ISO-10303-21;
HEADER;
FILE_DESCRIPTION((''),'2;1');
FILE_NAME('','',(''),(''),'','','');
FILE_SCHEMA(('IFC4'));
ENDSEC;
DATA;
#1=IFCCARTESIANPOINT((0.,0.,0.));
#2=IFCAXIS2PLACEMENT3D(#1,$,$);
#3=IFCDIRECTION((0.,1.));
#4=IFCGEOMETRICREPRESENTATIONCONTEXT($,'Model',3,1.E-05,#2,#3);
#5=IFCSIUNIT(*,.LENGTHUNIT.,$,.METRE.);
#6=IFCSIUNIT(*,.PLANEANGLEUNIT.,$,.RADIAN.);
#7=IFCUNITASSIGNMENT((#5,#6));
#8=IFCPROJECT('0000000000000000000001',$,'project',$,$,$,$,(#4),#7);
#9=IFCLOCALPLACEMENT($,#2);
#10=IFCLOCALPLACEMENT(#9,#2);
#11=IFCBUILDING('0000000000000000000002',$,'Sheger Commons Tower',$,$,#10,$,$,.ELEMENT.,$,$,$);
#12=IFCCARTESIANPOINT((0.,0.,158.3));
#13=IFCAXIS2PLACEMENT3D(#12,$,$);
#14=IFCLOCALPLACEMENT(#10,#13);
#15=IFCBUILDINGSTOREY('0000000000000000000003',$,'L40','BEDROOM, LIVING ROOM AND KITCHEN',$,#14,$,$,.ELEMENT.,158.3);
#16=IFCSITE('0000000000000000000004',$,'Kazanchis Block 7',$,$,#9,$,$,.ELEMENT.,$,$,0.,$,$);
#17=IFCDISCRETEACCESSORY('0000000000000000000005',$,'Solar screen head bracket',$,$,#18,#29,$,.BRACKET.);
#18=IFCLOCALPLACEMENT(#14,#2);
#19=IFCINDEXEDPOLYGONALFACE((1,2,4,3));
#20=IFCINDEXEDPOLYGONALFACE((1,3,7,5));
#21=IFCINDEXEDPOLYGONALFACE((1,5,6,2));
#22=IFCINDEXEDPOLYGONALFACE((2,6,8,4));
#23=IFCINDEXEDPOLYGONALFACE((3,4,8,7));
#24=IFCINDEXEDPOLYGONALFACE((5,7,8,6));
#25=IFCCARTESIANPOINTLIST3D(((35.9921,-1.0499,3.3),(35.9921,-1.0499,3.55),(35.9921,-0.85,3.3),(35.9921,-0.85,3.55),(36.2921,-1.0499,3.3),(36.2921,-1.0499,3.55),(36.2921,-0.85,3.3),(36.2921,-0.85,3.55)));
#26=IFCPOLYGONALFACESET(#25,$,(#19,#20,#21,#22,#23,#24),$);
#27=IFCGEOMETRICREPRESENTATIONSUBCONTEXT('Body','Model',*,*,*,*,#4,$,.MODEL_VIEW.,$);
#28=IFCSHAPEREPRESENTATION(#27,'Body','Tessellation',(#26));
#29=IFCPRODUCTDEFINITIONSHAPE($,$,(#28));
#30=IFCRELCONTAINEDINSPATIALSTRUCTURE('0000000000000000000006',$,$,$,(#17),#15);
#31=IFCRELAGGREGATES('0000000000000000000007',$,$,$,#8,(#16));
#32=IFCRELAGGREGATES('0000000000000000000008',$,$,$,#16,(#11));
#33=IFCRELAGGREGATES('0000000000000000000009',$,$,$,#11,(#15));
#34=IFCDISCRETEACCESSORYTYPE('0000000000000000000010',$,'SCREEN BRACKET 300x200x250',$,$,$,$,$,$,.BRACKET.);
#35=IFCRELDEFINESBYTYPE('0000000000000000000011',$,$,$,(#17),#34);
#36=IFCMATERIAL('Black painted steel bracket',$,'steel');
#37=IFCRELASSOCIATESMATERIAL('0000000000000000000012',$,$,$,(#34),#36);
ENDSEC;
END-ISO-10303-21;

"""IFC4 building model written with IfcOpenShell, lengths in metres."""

from ifc_helpers import new_model, si_unit, direction, frame, origin, origin_2d, place, context, subcontext, project, spatial, rectangle, extrude, material, type_object, element, save


model = new_model("IFC4")

# Units and contexts
model_context = context("Model", 3, precision=1e-05, world=origin(), true_north=direction((0.0, 1.0)))
body_context = subcontext(model_context, "Body", "Model", "MODEL_VIEW")
ifc_project = project(units=[si_unit("LENGTHUNIT", "METRE"), si_unit("PLANEANGLEUNIT", "RADIAN")], contexts=[model_context])

# Site, building, storey
site_placement = place(None, origin())
site = spatial("IfcSite", under=ifc_project, at=site_placement, Name="Kazanchis Block 7", CompositionType="ELEMENT", RefElevation=0.0)
building_placement = place(site_placement, origin())
building = spatial("IfcBuilding", under=site, at=building_placement, Name="Sheger Commons Tower", CompositionType="ELEMENT")
storey_placement = place(building_placement, frame((0.0, 0.0, 158.3)))
storey = spatial("IfcBuildingStorey", under=building, at=storey_placement, Name="L40", Description="BEDROOM, LIVING ROOM AND KITCHEN", CompositionType="ELEMENT", Elevation=158.3)

# Discrete accessory
ifc_material_1 = material(Name="Black painted steel bracket", Category="steel")
discrete_accessory_type = type_object("IfcDiscreteAccessoryType", Name="SCREEN BRACKET 300x200x250", PredefinedType="BRACKET", material=ifc_material_1)
for number, where, z_axis, x_axis, name in (
    (1, (36.1421, -0.95, 3.3), (0.0, 0.0, 1.0), (1.0, 0.0, 0.0), "Solar screen head bracket"),
):
    element("IfcDiscreteAccessory", number, at=place(storey_placement, frame(where, z_axis=z_axis, x_axis=x_axis)), inside=storey, type_object=discrete_accessory_type, Name=name, PredefinedType="BRACKET", context=body_context, shape_type="SweptSolid", body=[
        extrude(rectangle(XDim=0.3, YDim=0.2, at=origin_2d()), origin(), (0.0, 0.0, 1.0), 0.25),
    ])

save(model, "model.ifc")
